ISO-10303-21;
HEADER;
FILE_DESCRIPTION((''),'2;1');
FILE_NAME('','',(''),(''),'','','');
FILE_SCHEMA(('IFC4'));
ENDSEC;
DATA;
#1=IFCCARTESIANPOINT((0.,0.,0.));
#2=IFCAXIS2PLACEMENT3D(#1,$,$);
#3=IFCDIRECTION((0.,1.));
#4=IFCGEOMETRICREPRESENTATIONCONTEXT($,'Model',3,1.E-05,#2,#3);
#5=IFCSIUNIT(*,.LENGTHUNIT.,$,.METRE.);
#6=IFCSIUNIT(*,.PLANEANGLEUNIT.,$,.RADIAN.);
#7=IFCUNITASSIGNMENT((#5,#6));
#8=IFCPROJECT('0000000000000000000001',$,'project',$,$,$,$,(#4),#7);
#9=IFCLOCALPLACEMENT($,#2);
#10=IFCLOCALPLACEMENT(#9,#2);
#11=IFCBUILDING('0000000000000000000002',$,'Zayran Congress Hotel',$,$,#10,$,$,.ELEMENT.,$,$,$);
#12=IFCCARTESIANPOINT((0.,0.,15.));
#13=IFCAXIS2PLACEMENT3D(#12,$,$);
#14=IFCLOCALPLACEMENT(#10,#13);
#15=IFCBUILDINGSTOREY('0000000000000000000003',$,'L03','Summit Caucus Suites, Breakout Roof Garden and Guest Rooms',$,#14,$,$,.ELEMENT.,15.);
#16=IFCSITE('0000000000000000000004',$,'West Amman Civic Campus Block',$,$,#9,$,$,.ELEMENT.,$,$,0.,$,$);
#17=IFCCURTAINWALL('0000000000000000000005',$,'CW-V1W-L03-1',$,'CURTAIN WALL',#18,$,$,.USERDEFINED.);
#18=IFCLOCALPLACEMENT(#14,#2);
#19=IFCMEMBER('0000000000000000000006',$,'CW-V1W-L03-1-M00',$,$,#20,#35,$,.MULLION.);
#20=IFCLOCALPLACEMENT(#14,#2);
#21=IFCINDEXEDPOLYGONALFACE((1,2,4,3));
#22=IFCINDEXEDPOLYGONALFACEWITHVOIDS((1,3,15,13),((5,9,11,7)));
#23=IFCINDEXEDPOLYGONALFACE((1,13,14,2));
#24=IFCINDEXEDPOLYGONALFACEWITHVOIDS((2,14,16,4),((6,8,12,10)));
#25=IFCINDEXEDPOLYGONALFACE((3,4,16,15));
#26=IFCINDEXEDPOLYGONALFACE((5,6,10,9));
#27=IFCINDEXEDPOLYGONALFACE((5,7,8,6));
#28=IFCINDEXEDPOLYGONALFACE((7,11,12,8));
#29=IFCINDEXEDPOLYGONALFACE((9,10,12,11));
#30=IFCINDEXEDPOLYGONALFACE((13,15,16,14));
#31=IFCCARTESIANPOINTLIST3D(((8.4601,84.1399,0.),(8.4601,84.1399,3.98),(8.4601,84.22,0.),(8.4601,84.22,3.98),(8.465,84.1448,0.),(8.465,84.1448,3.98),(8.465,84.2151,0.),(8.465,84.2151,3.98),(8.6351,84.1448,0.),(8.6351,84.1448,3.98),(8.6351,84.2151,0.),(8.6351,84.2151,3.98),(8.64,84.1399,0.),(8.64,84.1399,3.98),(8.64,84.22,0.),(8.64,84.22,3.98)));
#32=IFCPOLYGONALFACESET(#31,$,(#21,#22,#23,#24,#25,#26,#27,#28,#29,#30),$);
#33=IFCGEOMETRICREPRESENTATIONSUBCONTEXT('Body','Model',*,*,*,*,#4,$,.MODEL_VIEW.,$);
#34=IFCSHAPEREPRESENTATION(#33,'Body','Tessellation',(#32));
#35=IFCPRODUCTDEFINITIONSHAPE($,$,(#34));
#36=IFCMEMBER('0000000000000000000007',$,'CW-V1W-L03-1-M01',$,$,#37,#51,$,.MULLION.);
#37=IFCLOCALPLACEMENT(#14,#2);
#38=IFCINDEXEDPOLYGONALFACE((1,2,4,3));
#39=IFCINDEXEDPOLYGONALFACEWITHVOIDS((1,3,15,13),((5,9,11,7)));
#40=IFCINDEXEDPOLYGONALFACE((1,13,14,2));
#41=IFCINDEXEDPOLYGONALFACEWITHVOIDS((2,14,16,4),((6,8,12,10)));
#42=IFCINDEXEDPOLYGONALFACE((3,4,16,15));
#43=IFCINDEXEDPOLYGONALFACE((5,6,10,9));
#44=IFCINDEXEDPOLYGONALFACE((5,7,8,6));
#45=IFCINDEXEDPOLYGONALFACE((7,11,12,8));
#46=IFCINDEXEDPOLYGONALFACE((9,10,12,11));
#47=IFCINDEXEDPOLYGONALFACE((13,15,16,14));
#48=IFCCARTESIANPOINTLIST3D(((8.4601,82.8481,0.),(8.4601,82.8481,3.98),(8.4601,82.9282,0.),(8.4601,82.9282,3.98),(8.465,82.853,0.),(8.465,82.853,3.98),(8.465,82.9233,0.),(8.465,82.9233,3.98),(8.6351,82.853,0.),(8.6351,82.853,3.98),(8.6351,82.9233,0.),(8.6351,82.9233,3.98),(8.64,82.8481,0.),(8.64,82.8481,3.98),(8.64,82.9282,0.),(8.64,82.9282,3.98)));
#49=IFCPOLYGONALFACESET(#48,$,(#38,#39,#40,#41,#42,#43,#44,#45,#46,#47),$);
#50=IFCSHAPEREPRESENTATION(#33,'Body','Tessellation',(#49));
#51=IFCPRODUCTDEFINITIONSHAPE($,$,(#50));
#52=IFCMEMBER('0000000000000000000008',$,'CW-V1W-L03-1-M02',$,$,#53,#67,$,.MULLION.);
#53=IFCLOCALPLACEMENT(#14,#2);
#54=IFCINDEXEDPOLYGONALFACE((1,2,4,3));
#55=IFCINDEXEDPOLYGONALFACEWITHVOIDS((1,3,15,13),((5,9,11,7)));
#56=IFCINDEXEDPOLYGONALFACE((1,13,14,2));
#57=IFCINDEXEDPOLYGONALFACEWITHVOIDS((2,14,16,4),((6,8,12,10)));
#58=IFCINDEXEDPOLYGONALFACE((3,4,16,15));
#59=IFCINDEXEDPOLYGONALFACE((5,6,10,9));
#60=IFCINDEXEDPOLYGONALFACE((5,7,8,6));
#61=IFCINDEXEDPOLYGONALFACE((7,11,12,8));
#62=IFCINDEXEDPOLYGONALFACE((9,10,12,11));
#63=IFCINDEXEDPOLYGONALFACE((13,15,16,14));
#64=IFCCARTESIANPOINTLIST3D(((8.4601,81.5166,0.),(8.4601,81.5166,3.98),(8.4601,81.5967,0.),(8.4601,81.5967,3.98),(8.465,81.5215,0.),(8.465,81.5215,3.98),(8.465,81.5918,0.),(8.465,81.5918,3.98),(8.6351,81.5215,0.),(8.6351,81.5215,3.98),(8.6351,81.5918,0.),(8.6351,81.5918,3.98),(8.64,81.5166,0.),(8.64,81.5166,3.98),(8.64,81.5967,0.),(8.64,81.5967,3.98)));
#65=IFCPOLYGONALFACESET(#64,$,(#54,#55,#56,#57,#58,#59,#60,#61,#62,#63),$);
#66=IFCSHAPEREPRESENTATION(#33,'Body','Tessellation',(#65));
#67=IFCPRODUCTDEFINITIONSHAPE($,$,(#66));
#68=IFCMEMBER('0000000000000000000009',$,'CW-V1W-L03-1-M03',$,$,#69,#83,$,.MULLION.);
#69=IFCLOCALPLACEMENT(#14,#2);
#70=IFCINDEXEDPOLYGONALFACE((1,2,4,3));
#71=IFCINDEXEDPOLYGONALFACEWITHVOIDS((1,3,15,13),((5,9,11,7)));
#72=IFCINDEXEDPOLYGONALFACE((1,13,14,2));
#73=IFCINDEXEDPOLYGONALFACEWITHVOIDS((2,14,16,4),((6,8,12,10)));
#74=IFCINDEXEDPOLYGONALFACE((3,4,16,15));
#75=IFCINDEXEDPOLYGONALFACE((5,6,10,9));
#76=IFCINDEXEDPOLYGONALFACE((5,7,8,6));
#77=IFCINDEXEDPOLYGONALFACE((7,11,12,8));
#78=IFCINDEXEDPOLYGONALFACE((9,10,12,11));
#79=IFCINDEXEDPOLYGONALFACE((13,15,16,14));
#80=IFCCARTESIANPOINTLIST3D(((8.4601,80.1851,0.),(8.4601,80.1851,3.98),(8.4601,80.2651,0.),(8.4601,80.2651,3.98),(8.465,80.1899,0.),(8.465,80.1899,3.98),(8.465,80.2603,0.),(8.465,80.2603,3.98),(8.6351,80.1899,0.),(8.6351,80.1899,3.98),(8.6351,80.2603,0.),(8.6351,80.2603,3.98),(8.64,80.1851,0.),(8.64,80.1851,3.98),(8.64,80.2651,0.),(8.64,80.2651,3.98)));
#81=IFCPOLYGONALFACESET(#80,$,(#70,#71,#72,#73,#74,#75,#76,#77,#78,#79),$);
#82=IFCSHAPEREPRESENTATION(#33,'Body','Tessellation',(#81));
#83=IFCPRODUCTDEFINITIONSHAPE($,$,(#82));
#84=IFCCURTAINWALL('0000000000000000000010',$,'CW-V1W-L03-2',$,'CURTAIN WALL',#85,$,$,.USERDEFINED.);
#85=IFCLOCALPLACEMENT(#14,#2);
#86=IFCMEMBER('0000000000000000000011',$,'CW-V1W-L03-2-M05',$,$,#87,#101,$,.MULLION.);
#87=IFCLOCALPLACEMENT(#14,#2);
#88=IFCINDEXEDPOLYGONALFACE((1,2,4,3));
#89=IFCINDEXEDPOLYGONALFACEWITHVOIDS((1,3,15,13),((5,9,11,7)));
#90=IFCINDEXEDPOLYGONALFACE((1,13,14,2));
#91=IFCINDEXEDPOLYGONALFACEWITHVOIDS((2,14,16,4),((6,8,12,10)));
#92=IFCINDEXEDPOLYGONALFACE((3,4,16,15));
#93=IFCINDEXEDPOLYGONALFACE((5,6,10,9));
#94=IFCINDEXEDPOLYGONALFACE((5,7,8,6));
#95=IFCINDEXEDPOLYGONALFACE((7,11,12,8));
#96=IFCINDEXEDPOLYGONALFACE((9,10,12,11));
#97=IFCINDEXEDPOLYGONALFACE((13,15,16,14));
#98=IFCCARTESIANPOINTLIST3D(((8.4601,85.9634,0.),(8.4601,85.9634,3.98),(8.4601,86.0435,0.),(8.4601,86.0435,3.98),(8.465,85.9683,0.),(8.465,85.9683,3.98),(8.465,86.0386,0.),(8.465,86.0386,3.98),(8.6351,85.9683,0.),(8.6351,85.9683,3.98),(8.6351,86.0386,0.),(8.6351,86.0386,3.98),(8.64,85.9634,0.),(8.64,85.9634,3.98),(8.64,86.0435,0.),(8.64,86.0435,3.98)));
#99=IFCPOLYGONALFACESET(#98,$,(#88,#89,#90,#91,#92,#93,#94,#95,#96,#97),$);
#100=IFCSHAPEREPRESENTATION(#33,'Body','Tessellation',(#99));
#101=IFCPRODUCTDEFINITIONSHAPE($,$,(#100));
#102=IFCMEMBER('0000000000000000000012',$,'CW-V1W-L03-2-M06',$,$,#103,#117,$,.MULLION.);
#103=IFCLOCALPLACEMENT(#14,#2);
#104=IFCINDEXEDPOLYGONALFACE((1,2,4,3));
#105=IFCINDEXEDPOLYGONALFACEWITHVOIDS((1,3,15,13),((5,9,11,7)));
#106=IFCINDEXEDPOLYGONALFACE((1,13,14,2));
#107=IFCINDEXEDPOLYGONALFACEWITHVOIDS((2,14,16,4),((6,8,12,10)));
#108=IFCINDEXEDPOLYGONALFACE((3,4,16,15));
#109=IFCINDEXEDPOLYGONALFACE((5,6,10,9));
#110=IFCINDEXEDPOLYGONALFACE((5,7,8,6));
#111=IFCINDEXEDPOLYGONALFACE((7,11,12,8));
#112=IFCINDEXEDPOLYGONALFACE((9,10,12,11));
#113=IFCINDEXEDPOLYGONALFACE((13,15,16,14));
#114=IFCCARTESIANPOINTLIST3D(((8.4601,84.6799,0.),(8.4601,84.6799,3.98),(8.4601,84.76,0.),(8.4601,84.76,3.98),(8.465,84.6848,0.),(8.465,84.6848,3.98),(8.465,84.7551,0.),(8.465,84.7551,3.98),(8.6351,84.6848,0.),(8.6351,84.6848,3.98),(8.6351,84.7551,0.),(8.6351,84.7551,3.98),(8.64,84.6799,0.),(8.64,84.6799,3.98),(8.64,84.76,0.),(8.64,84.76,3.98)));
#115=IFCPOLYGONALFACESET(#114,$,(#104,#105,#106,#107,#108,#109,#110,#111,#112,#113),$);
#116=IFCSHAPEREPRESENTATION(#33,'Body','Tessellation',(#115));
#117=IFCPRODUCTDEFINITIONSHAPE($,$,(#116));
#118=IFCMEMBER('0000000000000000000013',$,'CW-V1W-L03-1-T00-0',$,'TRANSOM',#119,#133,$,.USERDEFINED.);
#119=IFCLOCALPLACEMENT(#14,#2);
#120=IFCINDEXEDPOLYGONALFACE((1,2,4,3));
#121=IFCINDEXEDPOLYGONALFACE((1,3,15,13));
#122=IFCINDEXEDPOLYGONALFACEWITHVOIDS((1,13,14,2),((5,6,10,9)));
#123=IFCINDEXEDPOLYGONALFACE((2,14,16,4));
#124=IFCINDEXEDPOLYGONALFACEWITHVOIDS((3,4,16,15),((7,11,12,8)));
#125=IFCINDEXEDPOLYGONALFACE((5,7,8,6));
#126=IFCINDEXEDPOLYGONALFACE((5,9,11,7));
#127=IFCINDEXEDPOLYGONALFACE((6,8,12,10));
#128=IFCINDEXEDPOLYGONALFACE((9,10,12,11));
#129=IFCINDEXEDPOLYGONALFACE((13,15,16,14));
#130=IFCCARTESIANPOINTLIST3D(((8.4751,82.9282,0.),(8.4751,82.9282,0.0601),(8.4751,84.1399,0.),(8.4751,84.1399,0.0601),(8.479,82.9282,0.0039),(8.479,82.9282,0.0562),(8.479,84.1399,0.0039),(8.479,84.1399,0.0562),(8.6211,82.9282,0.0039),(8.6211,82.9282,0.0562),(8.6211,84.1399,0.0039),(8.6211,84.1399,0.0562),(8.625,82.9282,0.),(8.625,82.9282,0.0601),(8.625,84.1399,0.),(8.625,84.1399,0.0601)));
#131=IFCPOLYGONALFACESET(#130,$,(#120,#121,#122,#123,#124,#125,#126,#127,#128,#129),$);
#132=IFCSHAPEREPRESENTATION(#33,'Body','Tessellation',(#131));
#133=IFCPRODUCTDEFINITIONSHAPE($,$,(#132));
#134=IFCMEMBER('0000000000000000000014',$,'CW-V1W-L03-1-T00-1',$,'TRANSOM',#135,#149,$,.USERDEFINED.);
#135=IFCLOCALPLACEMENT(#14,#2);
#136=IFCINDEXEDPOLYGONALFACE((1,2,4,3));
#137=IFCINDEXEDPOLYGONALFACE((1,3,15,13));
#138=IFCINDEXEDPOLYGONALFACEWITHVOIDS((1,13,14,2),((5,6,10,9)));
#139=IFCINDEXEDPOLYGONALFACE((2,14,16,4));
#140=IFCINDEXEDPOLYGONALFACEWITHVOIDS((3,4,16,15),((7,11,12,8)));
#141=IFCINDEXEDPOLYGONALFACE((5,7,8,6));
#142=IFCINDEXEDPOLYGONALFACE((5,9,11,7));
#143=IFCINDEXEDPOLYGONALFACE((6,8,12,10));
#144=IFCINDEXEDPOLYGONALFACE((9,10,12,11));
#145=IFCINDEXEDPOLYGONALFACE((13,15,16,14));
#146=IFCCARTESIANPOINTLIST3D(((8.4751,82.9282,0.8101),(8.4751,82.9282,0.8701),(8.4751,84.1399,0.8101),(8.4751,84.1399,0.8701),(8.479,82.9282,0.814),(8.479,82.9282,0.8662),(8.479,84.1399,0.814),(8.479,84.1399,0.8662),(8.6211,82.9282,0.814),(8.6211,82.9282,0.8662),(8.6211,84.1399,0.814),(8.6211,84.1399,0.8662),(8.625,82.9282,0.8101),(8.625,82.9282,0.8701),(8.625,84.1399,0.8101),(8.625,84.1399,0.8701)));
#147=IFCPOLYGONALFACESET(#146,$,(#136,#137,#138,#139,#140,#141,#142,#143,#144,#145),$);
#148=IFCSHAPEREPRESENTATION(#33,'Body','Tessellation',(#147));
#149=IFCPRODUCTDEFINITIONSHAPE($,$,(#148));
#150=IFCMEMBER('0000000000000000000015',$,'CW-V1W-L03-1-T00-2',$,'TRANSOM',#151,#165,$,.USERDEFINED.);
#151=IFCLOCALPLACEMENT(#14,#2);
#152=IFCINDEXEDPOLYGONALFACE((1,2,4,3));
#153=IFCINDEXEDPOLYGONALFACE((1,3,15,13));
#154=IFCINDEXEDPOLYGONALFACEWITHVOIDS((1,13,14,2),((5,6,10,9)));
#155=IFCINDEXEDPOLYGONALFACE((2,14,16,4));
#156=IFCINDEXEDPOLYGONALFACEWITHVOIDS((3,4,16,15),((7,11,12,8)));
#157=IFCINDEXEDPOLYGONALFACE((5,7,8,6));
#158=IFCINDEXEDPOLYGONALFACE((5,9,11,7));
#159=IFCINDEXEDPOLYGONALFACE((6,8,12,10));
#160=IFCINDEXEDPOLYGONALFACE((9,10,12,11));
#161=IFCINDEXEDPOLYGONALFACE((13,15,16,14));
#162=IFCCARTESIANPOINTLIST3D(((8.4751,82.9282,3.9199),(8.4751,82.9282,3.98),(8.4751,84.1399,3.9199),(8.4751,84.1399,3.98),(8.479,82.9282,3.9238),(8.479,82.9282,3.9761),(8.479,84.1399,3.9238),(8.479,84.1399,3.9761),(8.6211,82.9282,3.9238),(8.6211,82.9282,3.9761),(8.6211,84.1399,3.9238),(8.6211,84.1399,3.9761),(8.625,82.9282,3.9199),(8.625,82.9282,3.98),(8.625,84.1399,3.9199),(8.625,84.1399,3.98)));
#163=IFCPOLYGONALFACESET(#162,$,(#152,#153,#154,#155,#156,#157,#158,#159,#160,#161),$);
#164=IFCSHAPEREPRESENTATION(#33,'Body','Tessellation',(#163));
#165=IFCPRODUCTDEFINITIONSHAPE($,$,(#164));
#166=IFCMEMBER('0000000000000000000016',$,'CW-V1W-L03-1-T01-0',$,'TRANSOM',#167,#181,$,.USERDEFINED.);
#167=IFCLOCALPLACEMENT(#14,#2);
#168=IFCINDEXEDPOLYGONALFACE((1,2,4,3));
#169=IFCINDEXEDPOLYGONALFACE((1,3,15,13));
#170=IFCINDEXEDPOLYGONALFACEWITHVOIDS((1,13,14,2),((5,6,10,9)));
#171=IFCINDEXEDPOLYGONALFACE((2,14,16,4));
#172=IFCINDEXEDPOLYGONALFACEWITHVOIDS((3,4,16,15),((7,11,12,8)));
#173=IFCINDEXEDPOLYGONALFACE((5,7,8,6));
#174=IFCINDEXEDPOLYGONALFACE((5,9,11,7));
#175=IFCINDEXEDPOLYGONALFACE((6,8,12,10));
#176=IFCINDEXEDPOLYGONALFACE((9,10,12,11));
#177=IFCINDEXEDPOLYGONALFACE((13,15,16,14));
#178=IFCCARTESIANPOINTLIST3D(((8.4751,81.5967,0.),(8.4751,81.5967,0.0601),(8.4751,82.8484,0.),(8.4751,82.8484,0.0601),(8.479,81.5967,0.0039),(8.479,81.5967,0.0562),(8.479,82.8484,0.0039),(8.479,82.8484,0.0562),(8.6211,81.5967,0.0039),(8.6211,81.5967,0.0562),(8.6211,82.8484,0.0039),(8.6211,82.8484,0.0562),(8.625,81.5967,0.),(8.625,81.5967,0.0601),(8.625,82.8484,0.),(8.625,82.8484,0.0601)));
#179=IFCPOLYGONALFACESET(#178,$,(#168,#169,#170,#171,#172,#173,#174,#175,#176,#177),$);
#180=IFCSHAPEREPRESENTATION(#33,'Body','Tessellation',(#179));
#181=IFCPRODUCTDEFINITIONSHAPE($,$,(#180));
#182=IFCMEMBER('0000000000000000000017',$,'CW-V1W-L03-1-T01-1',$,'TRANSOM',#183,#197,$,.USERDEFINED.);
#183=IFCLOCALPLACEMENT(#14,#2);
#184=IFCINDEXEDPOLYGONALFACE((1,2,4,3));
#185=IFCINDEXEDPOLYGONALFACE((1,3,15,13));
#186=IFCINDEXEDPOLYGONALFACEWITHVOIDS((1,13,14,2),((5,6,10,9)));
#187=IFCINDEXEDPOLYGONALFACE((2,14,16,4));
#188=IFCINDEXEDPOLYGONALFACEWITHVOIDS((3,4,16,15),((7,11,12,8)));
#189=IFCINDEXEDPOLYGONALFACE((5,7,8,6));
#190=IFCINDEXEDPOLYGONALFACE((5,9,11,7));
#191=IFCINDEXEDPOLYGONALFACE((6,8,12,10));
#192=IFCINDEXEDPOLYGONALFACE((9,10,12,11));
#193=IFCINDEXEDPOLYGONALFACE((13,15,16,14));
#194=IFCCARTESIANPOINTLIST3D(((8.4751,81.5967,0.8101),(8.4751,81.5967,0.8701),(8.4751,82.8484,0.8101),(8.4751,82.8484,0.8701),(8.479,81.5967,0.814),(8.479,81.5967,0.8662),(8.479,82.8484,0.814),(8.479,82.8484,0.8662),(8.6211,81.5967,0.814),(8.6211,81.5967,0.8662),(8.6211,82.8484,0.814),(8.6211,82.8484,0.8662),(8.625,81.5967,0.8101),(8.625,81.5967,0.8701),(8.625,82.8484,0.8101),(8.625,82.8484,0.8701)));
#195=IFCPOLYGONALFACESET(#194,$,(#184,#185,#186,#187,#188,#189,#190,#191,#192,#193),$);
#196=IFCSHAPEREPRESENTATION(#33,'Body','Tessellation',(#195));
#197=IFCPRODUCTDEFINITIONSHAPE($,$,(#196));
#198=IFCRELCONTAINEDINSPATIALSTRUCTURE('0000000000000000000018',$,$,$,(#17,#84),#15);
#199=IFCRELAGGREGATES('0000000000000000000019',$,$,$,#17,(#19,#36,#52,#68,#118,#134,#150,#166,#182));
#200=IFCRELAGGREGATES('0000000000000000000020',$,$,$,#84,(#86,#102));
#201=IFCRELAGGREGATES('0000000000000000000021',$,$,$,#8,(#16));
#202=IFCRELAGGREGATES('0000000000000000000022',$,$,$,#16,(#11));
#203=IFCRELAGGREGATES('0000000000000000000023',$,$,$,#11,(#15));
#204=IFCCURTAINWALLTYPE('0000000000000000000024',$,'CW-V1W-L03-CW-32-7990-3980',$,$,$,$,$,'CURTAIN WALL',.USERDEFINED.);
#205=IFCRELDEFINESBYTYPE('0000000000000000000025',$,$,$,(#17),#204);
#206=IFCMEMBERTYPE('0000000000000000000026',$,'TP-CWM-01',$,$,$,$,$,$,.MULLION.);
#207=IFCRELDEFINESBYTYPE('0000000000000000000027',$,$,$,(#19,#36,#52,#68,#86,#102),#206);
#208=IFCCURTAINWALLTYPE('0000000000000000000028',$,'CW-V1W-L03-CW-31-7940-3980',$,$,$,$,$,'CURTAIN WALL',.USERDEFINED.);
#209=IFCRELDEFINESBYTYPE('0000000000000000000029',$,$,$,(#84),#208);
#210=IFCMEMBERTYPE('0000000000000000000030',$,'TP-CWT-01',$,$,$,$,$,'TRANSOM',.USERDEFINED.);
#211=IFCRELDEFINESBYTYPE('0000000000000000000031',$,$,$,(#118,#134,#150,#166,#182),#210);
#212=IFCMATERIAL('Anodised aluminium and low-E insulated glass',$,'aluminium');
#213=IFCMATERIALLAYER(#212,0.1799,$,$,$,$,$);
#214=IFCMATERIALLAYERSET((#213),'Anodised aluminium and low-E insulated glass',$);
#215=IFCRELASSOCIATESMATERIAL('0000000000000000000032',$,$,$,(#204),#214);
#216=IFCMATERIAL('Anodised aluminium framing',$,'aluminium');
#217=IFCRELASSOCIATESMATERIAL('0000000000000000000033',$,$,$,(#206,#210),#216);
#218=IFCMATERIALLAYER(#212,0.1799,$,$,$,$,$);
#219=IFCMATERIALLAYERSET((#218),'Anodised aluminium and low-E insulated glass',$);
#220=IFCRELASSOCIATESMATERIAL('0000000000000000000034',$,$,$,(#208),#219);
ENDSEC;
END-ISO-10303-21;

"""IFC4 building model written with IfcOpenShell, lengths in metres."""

from ifc_helpers import new_model, si_unit, direction, frame, origin, origin_2d, place, context, subcontext, project, spatial, hollow_rectangle, extrude, material, layer, layer_set, material_profile, profile_set, type_object, element, aggregate, save


model = new_model("IFC4")

# Units and contexts
model_context = context("Model", 3, precision=1e-05, world=origin(), true_north=direction((0.0, 1.0)))
body_context = subcontext(model_context, "Body", "Model", "MODEL_VIEW")
ifc_project = project(units=[si_unit("LENGTHUNIT", "METRE"), si_unit("PLANEANGLEUNIT", "RADIAN")], contexts=[model_context])

# Site, building, storey
site_placement = place(None, origin())
site = spatial("IfcSite", under=ifc_project, at=site_placement, Name="West Amman Civic Campus Block", CompositionType="ELEMENT", RefElevation=0.0)
building_placement = place(site_placement, origin())
building = spatial("IfcBuilding", under=site, at=building_placement, Name="Zayran Congress Hotel", CompositionType="ELEMENT")
storey_placement = place(building_placement, frame((0.0, 0.0, 15.0)))
storey = spatial("IfcBuildingStorey", under=building, at=storey_placement, Name="L03", Description="Summit Caucus Suites, Breakout Roof Garden and Guest Rooms", CompositionType="ELEMENT", Elevation=15.0)

# Curtain walls, members
ifc_material_1 = material(Name="Anodised aluminium and low-E insulated glass", Category="aluminium")
ifc_layer_1 = layer(ifc_material_1, 0.1799)
ifc_layer_set_1 = layer_set([ifc_layer_1], Name="Anodised aluminium and low-E insulated glass")
curtain_wall_type_1 = type_object("IfcCurtainWallType", Name="CW-V1W-L03-CW-32-7990-3980", ElementType="CURTAIN WALL", PredefinedType="USERDEFINED", material=ifc_layer_set_1)
curtain_wall_1_placement = place(storey_placement, origin())
curtain_wall_1 = element("IfcCurtainWall", 1, at=curtain_wall_1_placement, inside=storey, type_object=curtain_wall_type_1, Name="CW-V1W-L03-1", ObjectType="CURTAIN WALL", PredefinedType="USERDEFINED")
ifc_material_2 = material(Name="Anodised aluminium framing", Category="aluminium")
ifc_material_profile_1 = material_profile(ifc_material_2, hollow_rectangle(XDim=0.0801, YDim=0.1799, WallThickness=0.0049, at=origin_2d()), Name="RHS 180x80x5")
ifc_profile_set_1 = profile_set([ifc_material_profile_1], Name="Anodised aluminium framing")
member_type_1 = type_object("IfcMemberType", Name="TP-CWM-01", PredefinedType="MULLION", material=ifc_profile_set_1)
member_1_placement = place(storey_placement, frame((8.55, 84.1799, 0.0), z_axis=(0.0, 0.0, 1.0), x_axis=(0.0, 1.0, 0.0)))
member_1 = element("IfcMember", 2, at=member_1_placement, type_object=member_type_1, Name="CW-V1W-L03-1-M00", PredefinedType="MULLION", context=body_context, shape_type="SweptSolid", body=[
    extrude(hollow_rectangle(XDim=0.0801, YDim=0.1799, WallThickness=0.0049, at=origin_2d()), origin(), (0.0, 0.0, 1.0), 3.98),
])
member_2_placement = place(storey_placement, frame((8.55, 82.8882, 0.0), z_axis=(0.0, 0.0, 1.0), x_axis=(0.0, 1.0, 0.0)))
member_2 = element("IfcMember", 3, at=member_2_placement, type_object=member_type_1, Name="CW-V1W-L03-1-M01", PredefinedType="MULLION", context=body_context, shape_type="SweptSolid", body=[
    extrude(hollow_rectangle(XDim=0.0801, YDim=0.1799, WallThickness=0.0049, at=origin_2d()), origin(), (0.0, 0.0, 1.0), 3.98),
])
member_3_placement = place(storey_placement, frame((8.55, 81.5566, 0.0), z_axis=(0.0, 0.0, 1.0), x_axis=(0.0, 1.0, 0.0)))
member_3 = element("IfcMember", 4, at=member_3_placement, type_object=member_type_1, Name="CW-V1W-L03-1-M02", PredefinedType="MULLION", context=body_context, shape_type="SweptSolid", body=[
    extrude(hollow_rectangle(XDim=0.0801, YDim=0.1799, WallThickness=0.0049, at=origin_2d()), origin(), (0.0, 0.0, 1.0), 3.98),
])
member_4_placement = place(storey_placement, frame((8.55, 80.2251, 0.0), z_axis=(0.0, 0.0, 1.0), x_axis=(0.0, 1.0, 0.0)))
member_4 = element("IfcMember", 5, at=member_4_placement, type_object=member_type_1, Name="CW-V1W-L03-1-M03", PredefinedType="MULLION", context=body_context, shape_type="SweptSolid", body=[
    extrude(hollow_rectangle(XDim=0.0801, YDim=0.1799, WallThickness=0.0049, at=origin_2d()), origin(), (0.0, 0.0, 1.0), 3.98),
])
ifc_layer_2 = layer(ifc_material_1, 0.1799)
ifc_layer_set_2 = layer_set([ifc_layer_2], Name="Anodised aluminium and low-E insulated glass")
curtain_wall_type_2 = type_object("IfcCurtainWallType", Name="CW-V1W-L03-CW-31-7940-3980", ElementType="CURTAIN WALL", PredefinedType="USERDEFINED", material=ifc_layer_set_2)
curtain_wall_2_placement = place(storey_placement, origin())
curtain_wall_2 = element("IfcCurtainWall", 6, at=curtain_wall_2_placement, inside=storey, type_object=curtain_wall_type_2, Name="CW-V1W-L03-2", ObjectType="CURTAIN WALL", PredefinedType="USERDEFINED")
member_5_placement = place(storey_placement, frame((8.55, 86.0034, 0.0), z_axis=(0.0, 0.0, 1.0), x_axis=(0.0, 1.0, 0.0)))
member_5 = element("IfcMember", 7, at=member_5_placement, type_object=member_type_1, Name="CW-V1W-L03-2-M05", PredefinedType="MULLION", context=body_context, shape_type="SweptSolid", body=[
    extrude(hollow_rectangle(XDim=0.0801, YDim=0.1799, WallThickness=0.0049, at=origin_2d()), origin(), (0.0, 0.0, 1.0), 3.98),
])
member_6_placement = place(storey_placement, frame((8.55, 84.72, 0.0), z_axis=(0.0, 0.0, 1.0), x_axis=(0.0, 1.0, 0.0)))
member_6 = element("IfcMember", 8, at=member_6_placement, type_object=member_type_1, Name="CW-V1W-L03-2-M06", PredefinedType="MULLION", context=body_context, shape_type="SweptSolid", body=[
    extrude(hollow_rectangle(XDim=0.0801, YDim=0.1799, WallThickness=0.0049, at=origin_2d()), origin(), (0.0, 0.0, 1.0), 3.98),
])

# Members
ifc_material_profile_2 = material_profile(ifc_material_2, hollow_rectangle(XDim=0.0601, YDim=0.1499, WallThickness=0.0039, at=origin_2d()), Name="RHS 150x60x4")
ifc_profile_set_2 = profile_set([ifc_material_profile_2], Name="Anodised aluminium framing")
member_type_2 = type_object("IfcMemberType", Name="TP-CWT-01", ElementType="TRANSOM", PredefinedType="USERDEFINED", material=ifc_profile_set_2)
member_7_placement = place(storey_placement, frame((8.55, 84.1399, 0.03), z_axis=(0.0, -1.0, 0.0), x_axis=(0.0, 0.0, 1.0)))
member_7 = element("IfcMember", 9, at=member_7_placement, type_object=member_type_2, Name="CW-V1W-L03-1-T00-0", ObjectType="TRANSOM", PredefinedType="USERDEFINED", context=body_context, shape_type="SweptSolid", body=[
    extrude(hollow_rectangle(XDim=0.0601, YDim=0.1499, WallThickness=0.0039, at=origin_2d()), origin(), (0.0, 0.0, 1.0), 1.2117),
])
member_8_placement = place(storey_placement, frame((8.55, 84.1399, 0.8401), z_axis=(0.0, -1.0, 0.0), x_axis=(0.0, 0.0, 1.0)))
member_8 = element("IfcMember", 10, at=member_8_placement, type_object=member_type_2, Name="CW-V1W-L03-1-T00-1", ObjectType="TRANSOM", PredefinedType="USERDEFINED", context=body_context, shape_type="SweptSolid", body=[
    extrude(hollow_rectangle(XDim=0.0601, YDim=0.1499, WallThickness=0.0039, at=origin_2d()), origin(), (0.0, 0.0, 1.0), 1.2117),
])
member_9_placement = place(storey_placement, frame((8.55, 84.1399, 3.95), z_axis=(0.0, -1.0, 0.0), x_axis=(0.0, 0.0, 1.0)))
member_9 = element("IfcMember", 11, at=member_9_placement, type_object=member_type_2, Name="CW-V1W-L03-1-T00-2", ObjectType="TRANSOM", PredefinedType="USERDEFINED", context=body_context, shape_type="SweptSolid", body=[
    extrude(hollow_rectangle(XDim=0.0601, YDim=0.1499, WallThickness=0.0039, at=origin_2d()), origin(), (0.0, 0.0, 1.0), 1.2117),
])
member_10_placement = place(storey_placement, frame((8.55, 82.8484, 0.03), z_axis=(0.0, -1.0, 0.0), x_axis=(0.0, 0.0, 1.0)))
member_10 = element("IfcMember", 12, at=member_10_placement, type_object=member_type_2, Name="CW-V1W-L03-1-T01-0", ObjectType="TRANSOM", PredefinedType="USERDEFINED", context=body_context, shape_type="SweptSolid", body=[
    extrude(hollow_rectangle(XDim=0.0601, YDim=0.1499, WallThickness=0.0039, at=origin_2d()), origin(), (0.0, 0.0, 1.0), 1.2517),
])
member_11_placement = place(storey_placement, frame((8.55, 82.8484, 0.8401), z_axis=(0.0, -1.0, 0.0), x_axis=(0.0, 0.0, 1.0)))
member_11 = element("IfcMember", 13, at=member_11_placement, type_object=member_type_2, Name="CW-V1W-L03-1-T01-1", ObjectType="TRANSOM", PredefinedType="USERDEFINED", context=body_context, shape_type="SweptSolid", body=[
    extrude(hollow_rectangle(XDim=0.0601, YDim=0.1499, WallThickness=0.0039, at=origin_2d()), origin(), (0.0, 0.0, 1.0), 1.2517),
])

aggregate(curtain_wall_1, [member_1, member_2, member_3, member_4, member_7, member_8, member_9, member_10, member_11])
aggregate(curtain_wall_2, [member_5, member_6])

save(model, "model.ifc")
